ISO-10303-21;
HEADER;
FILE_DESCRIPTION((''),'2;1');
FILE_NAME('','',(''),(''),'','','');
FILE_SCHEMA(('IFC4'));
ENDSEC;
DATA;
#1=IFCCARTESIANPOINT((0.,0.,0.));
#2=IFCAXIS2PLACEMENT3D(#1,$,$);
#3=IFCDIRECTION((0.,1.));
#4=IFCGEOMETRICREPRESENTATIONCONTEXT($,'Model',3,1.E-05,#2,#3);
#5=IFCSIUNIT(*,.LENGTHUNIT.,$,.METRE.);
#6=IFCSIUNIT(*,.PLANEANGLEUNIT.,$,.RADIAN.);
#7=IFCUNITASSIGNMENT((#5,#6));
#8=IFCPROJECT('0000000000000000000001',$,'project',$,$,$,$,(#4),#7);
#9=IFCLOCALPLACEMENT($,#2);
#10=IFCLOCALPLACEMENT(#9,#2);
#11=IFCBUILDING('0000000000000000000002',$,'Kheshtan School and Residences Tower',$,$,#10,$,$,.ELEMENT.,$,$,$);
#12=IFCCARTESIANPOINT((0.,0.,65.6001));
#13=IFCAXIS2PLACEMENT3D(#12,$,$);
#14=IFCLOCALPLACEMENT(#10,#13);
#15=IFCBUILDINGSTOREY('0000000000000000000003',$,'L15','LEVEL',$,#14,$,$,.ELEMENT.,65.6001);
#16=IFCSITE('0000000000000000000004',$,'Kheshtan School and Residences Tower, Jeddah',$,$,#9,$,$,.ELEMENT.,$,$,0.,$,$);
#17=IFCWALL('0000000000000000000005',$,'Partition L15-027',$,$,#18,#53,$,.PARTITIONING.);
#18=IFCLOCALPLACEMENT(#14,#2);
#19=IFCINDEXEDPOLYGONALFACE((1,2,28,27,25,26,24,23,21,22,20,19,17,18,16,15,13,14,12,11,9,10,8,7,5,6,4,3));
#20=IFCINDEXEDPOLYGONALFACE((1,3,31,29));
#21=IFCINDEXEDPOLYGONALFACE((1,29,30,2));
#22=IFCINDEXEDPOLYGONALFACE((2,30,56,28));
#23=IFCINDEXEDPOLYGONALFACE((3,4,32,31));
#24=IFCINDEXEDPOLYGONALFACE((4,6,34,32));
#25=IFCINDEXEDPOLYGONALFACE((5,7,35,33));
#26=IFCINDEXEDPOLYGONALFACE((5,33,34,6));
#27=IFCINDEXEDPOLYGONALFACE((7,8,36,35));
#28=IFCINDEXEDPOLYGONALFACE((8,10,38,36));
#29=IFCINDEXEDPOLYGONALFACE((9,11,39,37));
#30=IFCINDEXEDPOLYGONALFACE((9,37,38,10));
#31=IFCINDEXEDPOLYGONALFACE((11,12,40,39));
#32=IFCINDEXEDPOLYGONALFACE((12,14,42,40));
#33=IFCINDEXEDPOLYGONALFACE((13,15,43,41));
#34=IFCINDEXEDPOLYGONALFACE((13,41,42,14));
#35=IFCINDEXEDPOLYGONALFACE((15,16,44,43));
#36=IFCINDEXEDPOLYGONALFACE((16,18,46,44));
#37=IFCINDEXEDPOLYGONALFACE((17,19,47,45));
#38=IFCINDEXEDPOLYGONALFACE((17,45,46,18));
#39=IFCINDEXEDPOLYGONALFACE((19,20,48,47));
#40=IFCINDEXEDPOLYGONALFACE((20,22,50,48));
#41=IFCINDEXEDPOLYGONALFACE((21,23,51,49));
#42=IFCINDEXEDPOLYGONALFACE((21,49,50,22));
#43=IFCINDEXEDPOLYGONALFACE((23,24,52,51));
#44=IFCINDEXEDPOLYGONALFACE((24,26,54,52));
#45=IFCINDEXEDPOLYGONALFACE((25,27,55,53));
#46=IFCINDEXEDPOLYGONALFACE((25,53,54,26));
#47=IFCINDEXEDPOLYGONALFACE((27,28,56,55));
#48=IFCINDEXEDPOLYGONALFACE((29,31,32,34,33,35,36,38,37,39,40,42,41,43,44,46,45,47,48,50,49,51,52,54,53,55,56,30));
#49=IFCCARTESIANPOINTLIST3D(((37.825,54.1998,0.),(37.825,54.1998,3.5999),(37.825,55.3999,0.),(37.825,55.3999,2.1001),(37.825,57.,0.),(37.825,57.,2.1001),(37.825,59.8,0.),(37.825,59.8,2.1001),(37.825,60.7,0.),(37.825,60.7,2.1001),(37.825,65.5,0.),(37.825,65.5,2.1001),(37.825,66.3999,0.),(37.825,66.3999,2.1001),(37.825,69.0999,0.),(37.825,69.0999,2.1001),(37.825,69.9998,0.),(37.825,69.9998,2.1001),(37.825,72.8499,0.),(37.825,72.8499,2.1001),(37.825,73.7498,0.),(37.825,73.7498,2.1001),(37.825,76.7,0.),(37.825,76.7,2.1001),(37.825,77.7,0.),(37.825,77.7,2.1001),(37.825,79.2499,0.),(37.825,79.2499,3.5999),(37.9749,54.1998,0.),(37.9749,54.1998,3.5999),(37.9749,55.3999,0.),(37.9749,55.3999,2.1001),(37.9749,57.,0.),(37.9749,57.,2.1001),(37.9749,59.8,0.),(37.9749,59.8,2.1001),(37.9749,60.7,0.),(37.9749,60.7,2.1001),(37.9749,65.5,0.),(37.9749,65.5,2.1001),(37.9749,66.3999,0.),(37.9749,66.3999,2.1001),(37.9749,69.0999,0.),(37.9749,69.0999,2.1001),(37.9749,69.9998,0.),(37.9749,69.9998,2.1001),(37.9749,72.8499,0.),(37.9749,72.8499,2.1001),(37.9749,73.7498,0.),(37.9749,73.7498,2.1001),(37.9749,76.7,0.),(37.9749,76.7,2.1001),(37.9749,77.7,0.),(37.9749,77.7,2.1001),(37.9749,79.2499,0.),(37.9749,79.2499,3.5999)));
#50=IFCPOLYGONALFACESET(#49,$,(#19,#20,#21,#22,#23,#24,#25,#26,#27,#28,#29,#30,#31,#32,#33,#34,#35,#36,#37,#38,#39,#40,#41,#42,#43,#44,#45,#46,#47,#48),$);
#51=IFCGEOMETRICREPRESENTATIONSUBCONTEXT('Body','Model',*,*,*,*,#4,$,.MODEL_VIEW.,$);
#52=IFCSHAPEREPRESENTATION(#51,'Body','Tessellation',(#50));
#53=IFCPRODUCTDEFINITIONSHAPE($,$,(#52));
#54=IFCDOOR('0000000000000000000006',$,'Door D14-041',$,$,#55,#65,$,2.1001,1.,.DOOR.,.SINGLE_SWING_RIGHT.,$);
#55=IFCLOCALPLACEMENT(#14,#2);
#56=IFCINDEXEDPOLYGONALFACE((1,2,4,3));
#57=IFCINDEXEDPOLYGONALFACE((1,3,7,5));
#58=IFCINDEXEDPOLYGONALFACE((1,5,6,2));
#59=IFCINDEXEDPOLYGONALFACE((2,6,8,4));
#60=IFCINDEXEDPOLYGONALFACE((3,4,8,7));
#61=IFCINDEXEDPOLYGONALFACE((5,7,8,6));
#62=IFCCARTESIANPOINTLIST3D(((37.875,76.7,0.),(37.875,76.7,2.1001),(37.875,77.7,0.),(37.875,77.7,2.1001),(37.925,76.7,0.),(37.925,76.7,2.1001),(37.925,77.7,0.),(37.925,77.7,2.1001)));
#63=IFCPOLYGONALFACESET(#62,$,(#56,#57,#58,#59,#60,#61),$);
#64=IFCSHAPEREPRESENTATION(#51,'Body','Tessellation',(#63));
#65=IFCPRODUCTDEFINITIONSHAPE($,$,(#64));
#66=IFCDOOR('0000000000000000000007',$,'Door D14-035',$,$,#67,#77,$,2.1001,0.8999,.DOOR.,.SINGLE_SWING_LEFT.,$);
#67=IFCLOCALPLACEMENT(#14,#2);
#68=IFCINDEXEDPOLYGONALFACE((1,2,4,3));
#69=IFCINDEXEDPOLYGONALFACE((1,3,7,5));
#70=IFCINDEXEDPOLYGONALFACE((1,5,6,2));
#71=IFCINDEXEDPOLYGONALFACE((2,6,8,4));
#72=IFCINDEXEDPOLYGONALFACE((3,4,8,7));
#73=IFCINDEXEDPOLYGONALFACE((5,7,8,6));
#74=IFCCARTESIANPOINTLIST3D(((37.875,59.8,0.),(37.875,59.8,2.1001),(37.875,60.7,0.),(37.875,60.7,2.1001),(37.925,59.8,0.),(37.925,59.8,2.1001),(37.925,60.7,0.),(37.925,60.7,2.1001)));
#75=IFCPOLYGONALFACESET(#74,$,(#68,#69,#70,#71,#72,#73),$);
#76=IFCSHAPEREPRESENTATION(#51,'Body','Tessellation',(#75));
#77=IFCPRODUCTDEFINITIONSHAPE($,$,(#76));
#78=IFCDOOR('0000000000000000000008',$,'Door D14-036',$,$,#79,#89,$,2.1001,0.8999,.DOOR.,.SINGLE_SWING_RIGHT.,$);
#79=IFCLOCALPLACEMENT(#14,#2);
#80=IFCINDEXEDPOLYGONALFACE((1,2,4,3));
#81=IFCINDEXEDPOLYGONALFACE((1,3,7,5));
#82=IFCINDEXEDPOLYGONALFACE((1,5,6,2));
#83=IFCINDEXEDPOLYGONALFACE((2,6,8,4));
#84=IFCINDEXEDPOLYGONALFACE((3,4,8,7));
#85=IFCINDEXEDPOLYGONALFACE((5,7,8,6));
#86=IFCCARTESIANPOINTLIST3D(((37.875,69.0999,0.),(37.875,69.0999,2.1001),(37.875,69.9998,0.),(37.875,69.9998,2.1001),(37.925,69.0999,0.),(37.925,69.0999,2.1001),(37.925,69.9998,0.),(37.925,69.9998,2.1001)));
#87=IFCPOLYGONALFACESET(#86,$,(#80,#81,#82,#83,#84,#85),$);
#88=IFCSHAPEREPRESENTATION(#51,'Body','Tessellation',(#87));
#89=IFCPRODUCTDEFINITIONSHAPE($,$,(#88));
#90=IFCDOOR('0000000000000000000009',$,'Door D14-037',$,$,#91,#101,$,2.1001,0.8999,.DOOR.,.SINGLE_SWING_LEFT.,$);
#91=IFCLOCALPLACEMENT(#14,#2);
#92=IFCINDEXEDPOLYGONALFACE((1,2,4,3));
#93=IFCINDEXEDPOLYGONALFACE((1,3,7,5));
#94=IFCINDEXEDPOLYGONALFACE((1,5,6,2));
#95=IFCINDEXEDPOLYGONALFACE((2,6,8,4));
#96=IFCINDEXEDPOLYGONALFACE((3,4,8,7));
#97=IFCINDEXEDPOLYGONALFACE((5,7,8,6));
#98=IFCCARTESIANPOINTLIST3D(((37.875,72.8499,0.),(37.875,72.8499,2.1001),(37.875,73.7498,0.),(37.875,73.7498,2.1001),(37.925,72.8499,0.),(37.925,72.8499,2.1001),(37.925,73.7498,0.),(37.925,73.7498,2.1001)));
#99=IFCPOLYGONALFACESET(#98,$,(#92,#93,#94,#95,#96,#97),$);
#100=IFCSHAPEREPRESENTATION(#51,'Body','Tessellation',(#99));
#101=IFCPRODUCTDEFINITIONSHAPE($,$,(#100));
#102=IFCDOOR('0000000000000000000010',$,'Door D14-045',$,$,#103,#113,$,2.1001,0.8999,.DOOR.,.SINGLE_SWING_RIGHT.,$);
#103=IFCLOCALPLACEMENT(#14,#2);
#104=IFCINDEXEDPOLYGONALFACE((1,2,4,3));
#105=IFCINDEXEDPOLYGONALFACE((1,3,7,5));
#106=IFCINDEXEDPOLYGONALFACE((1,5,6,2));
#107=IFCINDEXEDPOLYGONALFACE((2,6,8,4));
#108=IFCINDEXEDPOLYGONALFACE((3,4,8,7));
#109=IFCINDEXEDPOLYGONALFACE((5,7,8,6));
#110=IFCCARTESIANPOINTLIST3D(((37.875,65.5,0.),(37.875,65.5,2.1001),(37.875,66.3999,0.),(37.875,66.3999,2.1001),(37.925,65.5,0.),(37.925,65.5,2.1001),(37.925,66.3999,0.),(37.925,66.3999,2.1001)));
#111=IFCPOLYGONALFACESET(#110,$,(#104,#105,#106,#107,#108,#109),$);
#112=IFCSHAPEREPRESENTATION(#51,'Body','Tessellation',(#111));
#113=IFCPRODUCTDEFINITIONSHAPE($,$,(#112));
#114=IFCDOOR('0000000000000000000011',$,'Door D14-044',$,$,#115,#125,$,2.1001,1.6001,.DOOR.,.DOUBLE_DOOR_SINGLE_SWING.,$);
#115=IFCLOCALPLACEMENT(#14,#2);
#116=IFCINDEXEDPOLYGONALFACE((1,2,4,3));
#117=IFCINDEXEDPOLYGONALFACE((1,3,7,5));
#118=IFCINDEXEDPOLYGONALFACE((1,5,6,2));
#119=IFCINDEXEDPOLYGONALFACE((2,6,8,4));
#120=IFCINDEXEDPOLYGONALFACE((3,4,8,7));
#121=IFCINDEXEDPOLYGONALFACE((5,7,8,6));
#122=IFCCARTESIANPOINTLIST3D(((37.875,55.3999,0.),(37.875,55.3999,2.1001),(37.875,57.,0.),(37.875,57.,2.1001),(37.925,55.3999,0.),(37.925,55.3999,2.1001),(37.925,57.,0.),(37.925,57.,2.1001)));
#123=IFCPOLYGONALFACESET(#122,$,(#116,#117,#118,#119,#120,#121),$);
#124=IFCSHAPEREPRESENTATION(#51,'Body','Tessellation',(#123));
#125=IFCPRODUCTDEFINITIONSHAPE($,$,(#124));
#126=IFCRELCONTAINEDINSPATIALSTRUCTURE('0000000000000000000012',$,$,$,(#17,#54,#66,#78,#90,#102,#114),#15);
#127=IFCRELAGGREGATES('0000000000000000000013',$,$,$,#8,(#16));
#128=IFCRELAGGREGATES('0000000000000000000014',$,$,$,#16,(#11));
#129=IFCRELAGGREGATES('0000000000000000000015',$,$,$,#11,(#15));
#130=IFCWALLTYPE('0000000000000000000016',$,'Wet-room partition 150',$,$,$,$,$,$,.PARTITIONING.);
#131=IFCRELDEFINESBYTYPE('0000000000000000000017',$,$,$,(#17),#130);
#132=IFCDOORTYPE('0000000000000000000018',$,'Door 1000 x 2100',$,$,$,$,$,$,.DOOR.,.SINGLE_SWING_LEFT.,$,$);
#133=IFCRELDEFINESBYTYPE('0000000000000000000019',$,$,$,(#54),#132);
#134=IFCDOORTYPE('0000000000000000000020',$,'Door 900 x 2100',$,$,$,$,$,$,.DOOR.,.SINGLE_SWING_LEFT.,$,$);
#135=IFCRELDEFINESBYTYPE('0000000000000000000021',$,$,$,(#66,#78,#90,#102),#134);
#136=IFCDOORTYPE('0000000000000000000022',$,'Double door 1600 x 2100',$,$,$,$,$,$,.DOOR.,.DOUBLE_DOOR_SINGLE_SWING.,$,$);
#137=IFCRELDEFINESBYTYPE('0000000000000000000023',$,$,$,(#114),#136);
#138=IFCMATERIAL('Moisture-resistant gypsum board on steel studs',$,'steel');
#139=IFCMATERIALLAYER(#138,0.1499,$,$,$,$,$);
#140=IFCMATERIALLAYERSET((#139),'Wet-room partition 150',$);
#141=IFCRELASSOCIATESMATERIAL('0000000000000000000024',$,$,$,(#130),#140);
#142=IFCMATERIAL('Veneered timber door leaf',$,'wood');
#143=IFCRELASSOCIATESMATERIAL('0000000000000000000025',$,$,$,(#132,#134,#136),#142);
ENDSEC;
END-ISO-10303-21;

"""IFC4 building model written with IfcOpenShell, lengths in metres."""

from ifc_helpers import new_model, si_unit, direction, frame, frame_2d, origin, place, context, subcontext, project, spatial, rectangle, extrude, source, transform, mapped, material, layer, layer_set, type_object, element, fill, save


model = new_model("IFC4")

# Units and contexts
model_context = context("Model", 3, precision=1e-05, world=origin(), true_north=direction((0.0, 1.0)))
body_context = subcontext(model_context, "Body", "Model", "MODEL_VIEW")
ifc_project = project(units=[si_unit("LENGTHUNIT", "METRE"), si_unit("PLANEANGLEUNIT", "RADIAN")], contexts=[model_context])

# Site, building, storey
site_placement = place(None, origin())
site = spatial("IfcSite", under=ifc_project, at=site_placement, Name="Kheshtan School and Residences Tower, Jeddah", CompositionType="ELEMENT", RefElevation=0.0)
building_placement = place(site_placement, origin())
building = spatial("IfcBuilding", under=site, at=building_placement, Name="Kheshtan School and Residences Tower", CompositionType="ELEMENT")
storey_placement = place(building_placement, frame((0.0, 0.0, 65.6001)))
storey = spatial("IfcBuildingStorey", under=building, at=storey_placement, Name="L15", Description="LEVEL", CompositionType="ELEMENT", Elevation=65.6001)

# Wall, openings, doors
ifc_material_1 = material(Name="Moisture-resistant gypsum board on steel studs", Category="steel")
ifc_layer_1 = layer(ifc_material_1, 0.1499)
ifc_layer_set_1 = layer_set([ifc_layer_1], Name="Wet-room partition 150")
wall_type_1 = type_object("IfcWallType", Name="Wet-room partition 150", PredefinedType="PARTITIONING", material=ifc_layer_set_1)
wall_1_placement = place(storey_placement, frame((37.8999, 54.2, 0.0), z_axis=(0.0, 0.0, 1.0), x_axis=(0.0, 1.0, 0.0)))
wall_1 = element("IfcWall", 1, at=wall_1_placement, inside=storey, type_object=wall_type_1, Name="Partition L15-027", PredefinedType="PARTITIONING", context=body_context, shape_type="SweptSolid", body=[
    extrude(rectangle(XDim=25.05, YDim=0.1499, at=frame_2d((12.5249, 0.0))), origin(), (0.0, 0.0, 1.0), 3.5999),
])
opening_1_placement = place(wall_1_placement, frame((5.6001, 0.0, 0.0)))
opening_1 = element("IfcOpeningElement", 2, at=opening_1_placement, cuts=wall_1, PredefinedType="OPENING", context=body_context, shape_type="SweptSolid", body=[
    extrude(rectangle(XDim=0.8999, YDim=2.1001, at=frame_2d((0.45, 1.05))), frame((0.0, 0.085, 0.0), z_axis=(0.0, -1.0, 0.0), x_axis=(1.0, 0.0, 0.0)), (0.0, 0.0, 1.0), 0.1699),
])
opening_2_placement = place(wall_1_placement, frame((14.8999, 0.0, 0.0)))
opening_2 = element("IfcOpeningElement", 3, at=opening_2_placement, cuts=wall_1, PredefinedType="OPENING", context=body_context, shape_type="SweptSolid", body=[
    extrude(rectangle(XDim=0.8999, YDim=2.1001, at=frame_2d((0.45, 1.05))), frame((0.0, 0.085, 0.0), z_axis=(0.0, -1.0, 0.0), x_axis=(1.0, 0.0, 0.0)), (0.0, 0.0, 1.0), 0.1699),
])
opening_3_placement = place(wall_1_placement, frame((18.6499, 0.0, 0.0)))
opening_3 = element("IfcOpeningElement", 4, at=opening_3_placement, cuts=wall_1, PredefinedType="OPENING", context=body_context, shape_type="SweptSolid", body=[
    extrude(rectangle(XDim=0.8999, YDim=2.1001, at=frame_2d((0.45, 1.05))), frame((0.0, 0.085, 0.0), z_axis=(0.0, -1.0, 0.0), x_axis=(1.0, 0.0, 0.0)), (0.0, 0.0, 1.0), 0.1699),
])
opening_4_placement = place(wall_1_placement, frame((22.5, 0.0, 0.0)))
opening_4 = element("IfcOpeningElement", 5, at=opening_4_placement, cuts=wall_1, PredefinedType="OPENING", context=body_context, shape_type="SweptSolid", body=[
    extrude(rectangle(XDim=1.0, YDim=2.1001, at=frame_2d((0.5, 1.05))), frame((0.0, 0.085, 0.0), z_axis=(0.0, -1.0, 0.0), x_axis=(1.0, 0.0, 0.0)), (0.0, 0.0, 1.0), 0.1699),
])
opening_5_placement = place(wall_1_placement, frame((1.2, 0.0, 0.0)))
opening_5 = element("IfcOpeningElement", 6, at=opening_5_placement, cuts=wall_1, PredefinedType="OPENING", context=body_context, shape_type="SweptSolid", body=[
    extrude(rectangle(XDim=1.6001, YDim=2.1001, at=frame_2d((0.8, 1.05))), frame((0.0, 0.085, 0.0), z_axis=(0.0, -1.0, 0.0), x_axis=(1.0, 0.0, 0.0)), (0.0, 0.0, 1.0), 0.1699),
])
opening_6_placement = place(wall_1_placement, frame((11.3, 0.0, 0.0)))
opening_6 = element("IfcOpeningElement", 7, at=opening_6_placement, cuts=wall_1, PredefinedType="OPENING", context=body_context, shape_type="SweptSolid", body=[
    extrude(rectangle(XDim=0.8999, YDim=2.1001, at=frame_2d((0.45, 1.05))), frame((0.0, 0.085, 0.0), z_axis=(0.0, -1.0, 0.0), x_axis=(1.0, 0.0, 0.0)), (0.0, 0.0, 1.0), 0.1699),
])
ifc_material_2 = material(Name="Veneered timber door leaf", Category="wood")
door_type_1 = type_object("IfcDoorType", Name="Door 1000 x 2100", OperationType="SINGLE_SWING_LEFT", PredefinedType="DOOR", material=ifc_material_2)
shared_shape_1 = source(origin(), body_context, "Body", "SweptSolid", [
    extrude(rectangle(XDim=1.0, YDim=2.1001, at=frame_2d((0.5, 1.05))), frame((0.0, 0.0249, 0.0), z_axis=(0.0, -1.0, 0.0), x_axis=(1.0, 0.0, 0.0)), (0.0, 0.0, 1.0), 0.05),
])
door_1_placement = place(opening_4_placement, origin())
door_1 = element("IfcDoor", 8, at=door_1_placement, inside=storey, type_object=door_type_1, Name="Door D14-041", OperationType="SINGLE_SWING_RIGHT", OverallHeight=2.1001, OverallWidth=1.0, PredefinedType="DOOR", context=body_context, shape_type="MappedRepresentation", body=[
    mapped(shared_shape_1, transform((0.0, 0.0, 0.0), x_axis=(1.0, 0.0, 0.0), y_axis=(0.0, 1.0, 0.0), z_axis=(0.0, 0.0, 1.0), scale=1.0)),
])
fill(opening_4, door_1)
door_type_2 = type_object("IfcDoorType", Name="Door 900 x 2100", OperationType="SINGLE_SWING_LEFT", PredefinedType="DOOR", material=ifc_material_2)
shared_shape_2 = source(origin(), body_context, "Body", "SweptSolid", [
    extrude(rectangle(XDim=0.8999, YDim=2.1001, at=frame_2d((0.45, 1.05))), frame((0.0, 0.0249, 0.0), z_axis=(0.0, -1.0, 0.0), x_axis=(1.0, 0.0, 0.0)), (0.0, 0.0, 1.0), 0.05),
])
door_2_placement = place(opening_1_placement, origin())
door_2 = element("IfcDoor", 9, at=door_2_placement, inside=storey, type_object=door_type_2, Name="Door D14-035", OperationType="SINGLE_SWING_LEFT", OverallHeight=2.1001, OverallWidth=0.8999, PredefinedType="DOOR", context=body_context, shape_type="MappedRepresentation", body=[
    mapped(shared_shape_2, transform((0.0, 0.0, 0.0), x_axis=(1.0, 0.0, 0.0), y_axis=(0.0, 1.0, 0.0), z_axis=(0.0, 0.0, 1.0), scale=1.0)),
])
fill(opening_1, door_2)
door_3_placement = place(opening_2_placement, origin())
door_3 = element("IfcDoor", 10, at=door_3_placement, inside=storey, type_object=door_type_2, Name="Door D14-036", OperationType="SINGLE_SWING_RIGHT", OverallHeight=2.1001, OverallWidth=0.8999, PredefinedType="DOOR", context=body_context, shape_type="MappedRepresentation", body=[
    mapped(shared_shape_2, transform((0.0, 0.0, 0.0), x_axis=(1.0, 0.0, 0.0), y_axis=(0.0, 1.0, 0.0), z_axis=(0.0, 0.0, 1.0), scale=1.0)),
])
fill(opening_2, door_3)
door_4_placement = place(opening_3_placement, origin())
door_4 = element("IfcDoor", 11, at=door_4_placement, inside=storey, type_object=door_type_2, Name="Door D14-037", OperationType="SINGLE_SWING_LEFT", OverallHeight=2.1001, OverallWidth=0.8999, PredefinedType="DOOR", context=body_context, shape_type="MappedRepresentation", body=[
    mapped(shared_shape_2, transform((0.0, 0.0, 0.0), x_axis=(1.0, 0.0, 0.0), y_axis=(0.0, 1.0, 0.0), z_axis=(0.0, 0.0, 1.0), scale=1.0)),
])
fill(opening_3, door_4)
door_5_placement = place(opening_6_placement, origin())
door_5 = element("IfcDoor", 12, at=door_5_placement, inside=storey, type_object=door_type_2, Name="Door D14-045", OperationType="SINGLE_SWING_RIGHT", OverallHeight=2.1001, OverallWidth=0.8999, PredefinedType="DOOR", context=body_context, shape_type="MappedRepresentation", body=[
    mapped(shared_shape_2, transform((0.0, 0.0, 0.0), x_axis=(1.0, 0.0, 0.0), y_axis=(0.0, 1.0, 0.0), z_axis=(0.0, 0.0, 1.0), scale=1.0)),
])
fill(opening_6, door_5)
door_type_3 = type_object("IfcDoorType", Name="Double door 1600 x 2100", OperationType="DOUBLE_DOOR_SINGLE_SWING", PredefinedType="DOOR", material=ifc_material_2)
shared_shape_3 = source(origin(), body_context, "Body", "SweptSolid", [
    extrude(rectangle(XDim=1.6001, YDim=2.1001, at=frame_2d((0.8, 1.05))), frame((0.0, 0.0249, 0.0), z_axis=(0.0, -1.0, 0.0), x_axis=(1.0, 0.0, 0.0)), (0.0, 0.0, 1.0), 0.05),
])
door_6_placement = place(opening_5_placement, origin())
door_6 = element("IfcDoor", 13, at=door_6_placement, inside=storey, type_object=door_type_3, Name="Door D14-044", OperationType="DOUBLE_DOOR_SINGLE_SWING", OverallHeight=2.1001, OverallWidth=1.6001, PredefinedType="DOOR", context=body_context, shape_type="MappedRepresentation", body=[
    mapped(shared_shape_3, transform((0.0, 0.0, 0.0), x_axis=(1.0, 0.0, 0.0), y_axis=(0.0, 1.0, 0.0), z_axis=(0.0, 0.0, 1.0), scale=1.0)),
])
fill(opening_5, door_6)

save(model, "model.ifc")
